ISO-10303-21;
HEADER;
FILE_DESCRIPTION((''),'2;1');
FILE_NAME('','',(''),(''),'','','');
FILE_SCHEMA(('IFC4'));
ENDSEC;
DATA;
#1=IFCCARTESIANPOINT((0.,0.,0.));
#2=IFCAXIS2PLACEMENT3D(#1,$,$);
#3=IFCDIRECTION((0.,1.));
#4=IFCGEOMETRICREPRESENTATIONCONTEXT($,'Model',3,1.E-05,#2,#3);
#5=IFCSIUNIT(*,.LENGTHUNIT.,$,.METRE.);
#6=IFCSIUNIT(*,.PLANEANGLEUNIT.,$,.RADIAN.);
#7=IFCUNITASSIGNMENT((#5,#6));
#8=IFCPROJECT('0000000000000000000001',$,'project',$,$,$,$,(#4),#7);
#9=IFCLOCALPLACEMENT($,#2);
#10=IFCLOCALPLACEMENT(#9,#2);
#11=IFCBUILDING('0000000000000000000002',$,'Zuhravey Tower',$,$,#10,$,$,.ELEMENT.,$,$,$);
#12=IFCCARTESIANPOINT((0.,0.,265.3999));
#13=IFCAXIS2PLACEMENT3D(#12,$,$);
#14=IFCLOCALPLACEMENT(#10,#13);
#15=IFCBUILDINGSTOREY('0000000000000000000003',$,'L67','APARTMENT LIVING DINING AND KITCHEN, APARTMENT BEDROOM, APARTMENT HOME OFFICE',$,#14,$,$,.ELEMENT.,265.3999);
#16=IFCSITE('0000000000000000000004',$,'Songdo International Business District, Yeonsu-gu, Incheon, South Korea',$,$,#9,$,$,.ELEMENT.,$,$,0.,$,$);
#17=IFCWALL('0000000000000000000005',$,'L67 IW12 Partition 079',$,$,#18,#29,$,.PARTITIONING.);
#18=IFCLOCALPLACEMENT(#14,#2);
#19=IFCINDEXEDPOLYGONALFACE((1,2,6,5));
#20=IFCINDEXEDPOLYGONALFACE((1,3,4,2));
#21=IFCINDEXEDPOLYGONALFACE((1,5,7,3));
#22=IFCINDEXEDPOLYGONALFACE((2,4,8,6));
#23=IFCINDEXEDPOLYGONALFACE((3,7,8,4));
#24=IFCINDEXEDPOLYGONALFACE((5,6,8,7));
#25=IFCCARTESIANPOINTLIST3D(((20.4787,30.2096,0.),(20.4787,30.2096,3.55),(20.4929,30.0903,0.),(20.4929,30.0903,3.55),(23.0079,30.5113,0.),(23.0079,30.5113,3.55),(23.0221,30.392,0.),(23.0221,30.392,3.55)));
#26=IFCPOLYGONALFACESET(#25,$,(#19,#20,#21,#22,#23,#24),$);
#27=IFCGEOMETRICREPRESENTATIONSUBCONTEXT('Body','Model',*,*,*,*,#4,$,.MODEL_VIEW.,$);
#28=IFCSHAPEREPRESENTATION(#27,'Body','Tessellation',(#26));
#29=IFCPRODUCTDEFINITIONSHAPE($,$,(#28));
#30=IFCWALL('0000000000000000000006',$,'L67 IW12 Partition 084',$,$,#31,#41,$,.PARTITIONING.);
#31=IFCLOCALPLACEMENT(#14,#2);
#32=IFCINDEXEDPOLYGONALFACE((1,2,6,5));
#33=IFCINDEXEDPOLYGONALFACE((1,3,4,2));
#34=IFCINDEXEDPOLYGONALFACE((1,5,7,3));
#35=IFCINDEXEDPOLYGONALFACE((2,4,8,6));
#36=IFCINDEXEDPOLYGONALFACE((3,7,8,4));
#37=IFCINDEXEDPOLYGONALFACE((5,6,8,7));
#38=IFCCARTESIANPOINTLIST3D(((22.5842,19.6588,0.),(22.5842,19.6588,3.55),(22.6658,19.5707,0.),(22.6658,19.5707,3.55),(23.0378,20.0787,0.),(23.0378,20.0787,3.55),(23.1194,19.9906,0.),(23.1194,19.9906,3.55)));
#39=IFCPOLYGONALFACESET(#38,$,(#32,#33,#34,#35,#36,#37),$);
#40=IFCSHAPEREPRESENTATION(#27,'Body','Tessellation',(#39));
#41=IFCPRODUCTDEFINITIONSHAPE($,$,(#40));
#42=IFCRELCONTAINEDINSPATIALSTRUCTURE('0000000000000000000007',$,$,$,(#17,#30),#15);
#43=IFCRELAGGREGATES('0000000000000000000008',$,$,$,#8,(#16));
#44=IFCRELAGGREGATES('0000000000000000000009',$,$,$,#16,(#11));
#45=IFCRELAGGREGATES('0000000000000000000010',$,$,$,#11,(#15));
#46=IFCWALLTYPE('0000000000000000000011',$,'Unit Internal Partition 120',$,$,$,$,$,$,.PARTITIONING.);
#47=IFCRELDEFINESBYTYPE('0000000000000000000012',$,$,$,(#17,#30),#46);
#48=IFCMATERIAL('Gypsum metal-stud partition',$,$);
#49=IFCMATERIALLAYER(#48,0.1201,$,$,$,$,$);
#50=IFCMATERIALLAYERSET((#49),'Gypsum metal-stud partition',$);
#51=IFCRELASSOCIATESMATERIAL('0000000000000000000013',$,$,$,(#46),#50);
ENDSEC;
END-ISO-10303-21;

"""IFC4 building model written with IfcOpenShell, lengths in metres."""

from ifc_helpers import new_model, si_unit, direction, frame, frame_2d, origin, place, context, subcontext, project, spatial, rectangle, extrude, material, layer, layer_set, type_object, element, save


model = new_model("IFC4")

# Units and contexts
model_context = context("Model", 3, precision=1e-05, world=origin(), true_north=direction((0.0, 1.0)))
body_context = subcontext(model_context, "Body", "Model", "MODEL_VIEW")
ifc_project = project(units=[si_unit("LENGTHUNIT", "METRE"), si_unit("PLANEANGLEUNIT", "RADIAN")], contexts=[model_context])

# Site, building, storey
site_placement = place(None, origin())
site = spatial("IfcSite", under=ifc_project, at=site_placement, Name="Songdo International Business District, Yeonsu-gu, Incheon, South Korea", CompositionType="ELEMENT", RefElevation=0.0)
building_placement = place(site_placement, origin())
building = spatial("IfcBuilding", under=site, at=building_placement, Name="Zuhravey Tower", CompositionType="ELEMENT")
storey_placement = place(building_placement, frame((0.0, 0.0, 265.3999)))
storey = spatial("IfcBuildingStorey", under=building, at=storey_placement, Name="L67", Description="APARTMENT LIVING DINING AND KITCHEN, APARTMENT BEDROOM, APARTMENT HOME OFFICE", CompositionType="ELEMENT", Elevation=265.3999)

# Shared definitions
ifc_material_1 = material(Name="Gypsum metal-stud partition")
ifc_layer_1 = layer(ifc_material_1, 0.1201)
ifc_layer_set_1 = layer_set([ifc_layer_1], Name="Gypsum metal-stud partition")
wall_type_1 = type_object("IfcWallType", Name="Unit Internal Partition 120", PredefinedType="PARTITIONING", material=ifc_layer_set_1)

# Walls
wall_1_placement = place(storey_placement, frame((23.0149, 30.4517, 0.0), z_axis=(0.0, 0.0, 1.0), x_axis=(-0.992958, -0.118465, 0.0)))
element("IfcWall", 1, at=wall_1_placement, inside=storey, type_object=wall_type_1, Name="L67 IW12 Partition 079", PredefinedType="PARTITIONING", context=body_context, shape_type="SweptSolid", body=[
    extrude(rectangle(XDim=2.5471, YDim=0.1201, at=frame_2d((1.2734, 0.0))), origin(), (0.0, 0.0, 1.0), 3.55),
])
wall_2_placement = place(storey_placement, frame((23.0786, 20.0347, 0.0), z_axis=(0.0, 0.0, 1.0), x_axis=(-0.733834, -0.679329, 0.0)))
element("IfcWall", 2, at=wall_2_placement, inside=storey, type_object=wall_type_1, Name="L67 IW12 Partition 084", PredefinedType="PARTITIONING", context=body_context, shape_type="SweptSolid", body=[
    extrude(rectangle(XDim=0.6182, YDim=0.1201, at=frame_2d((0.3091, 0.0))), origin(), (0.0, 0.0, 1.0), 3.55),
])

save(model, "model.ifc")
